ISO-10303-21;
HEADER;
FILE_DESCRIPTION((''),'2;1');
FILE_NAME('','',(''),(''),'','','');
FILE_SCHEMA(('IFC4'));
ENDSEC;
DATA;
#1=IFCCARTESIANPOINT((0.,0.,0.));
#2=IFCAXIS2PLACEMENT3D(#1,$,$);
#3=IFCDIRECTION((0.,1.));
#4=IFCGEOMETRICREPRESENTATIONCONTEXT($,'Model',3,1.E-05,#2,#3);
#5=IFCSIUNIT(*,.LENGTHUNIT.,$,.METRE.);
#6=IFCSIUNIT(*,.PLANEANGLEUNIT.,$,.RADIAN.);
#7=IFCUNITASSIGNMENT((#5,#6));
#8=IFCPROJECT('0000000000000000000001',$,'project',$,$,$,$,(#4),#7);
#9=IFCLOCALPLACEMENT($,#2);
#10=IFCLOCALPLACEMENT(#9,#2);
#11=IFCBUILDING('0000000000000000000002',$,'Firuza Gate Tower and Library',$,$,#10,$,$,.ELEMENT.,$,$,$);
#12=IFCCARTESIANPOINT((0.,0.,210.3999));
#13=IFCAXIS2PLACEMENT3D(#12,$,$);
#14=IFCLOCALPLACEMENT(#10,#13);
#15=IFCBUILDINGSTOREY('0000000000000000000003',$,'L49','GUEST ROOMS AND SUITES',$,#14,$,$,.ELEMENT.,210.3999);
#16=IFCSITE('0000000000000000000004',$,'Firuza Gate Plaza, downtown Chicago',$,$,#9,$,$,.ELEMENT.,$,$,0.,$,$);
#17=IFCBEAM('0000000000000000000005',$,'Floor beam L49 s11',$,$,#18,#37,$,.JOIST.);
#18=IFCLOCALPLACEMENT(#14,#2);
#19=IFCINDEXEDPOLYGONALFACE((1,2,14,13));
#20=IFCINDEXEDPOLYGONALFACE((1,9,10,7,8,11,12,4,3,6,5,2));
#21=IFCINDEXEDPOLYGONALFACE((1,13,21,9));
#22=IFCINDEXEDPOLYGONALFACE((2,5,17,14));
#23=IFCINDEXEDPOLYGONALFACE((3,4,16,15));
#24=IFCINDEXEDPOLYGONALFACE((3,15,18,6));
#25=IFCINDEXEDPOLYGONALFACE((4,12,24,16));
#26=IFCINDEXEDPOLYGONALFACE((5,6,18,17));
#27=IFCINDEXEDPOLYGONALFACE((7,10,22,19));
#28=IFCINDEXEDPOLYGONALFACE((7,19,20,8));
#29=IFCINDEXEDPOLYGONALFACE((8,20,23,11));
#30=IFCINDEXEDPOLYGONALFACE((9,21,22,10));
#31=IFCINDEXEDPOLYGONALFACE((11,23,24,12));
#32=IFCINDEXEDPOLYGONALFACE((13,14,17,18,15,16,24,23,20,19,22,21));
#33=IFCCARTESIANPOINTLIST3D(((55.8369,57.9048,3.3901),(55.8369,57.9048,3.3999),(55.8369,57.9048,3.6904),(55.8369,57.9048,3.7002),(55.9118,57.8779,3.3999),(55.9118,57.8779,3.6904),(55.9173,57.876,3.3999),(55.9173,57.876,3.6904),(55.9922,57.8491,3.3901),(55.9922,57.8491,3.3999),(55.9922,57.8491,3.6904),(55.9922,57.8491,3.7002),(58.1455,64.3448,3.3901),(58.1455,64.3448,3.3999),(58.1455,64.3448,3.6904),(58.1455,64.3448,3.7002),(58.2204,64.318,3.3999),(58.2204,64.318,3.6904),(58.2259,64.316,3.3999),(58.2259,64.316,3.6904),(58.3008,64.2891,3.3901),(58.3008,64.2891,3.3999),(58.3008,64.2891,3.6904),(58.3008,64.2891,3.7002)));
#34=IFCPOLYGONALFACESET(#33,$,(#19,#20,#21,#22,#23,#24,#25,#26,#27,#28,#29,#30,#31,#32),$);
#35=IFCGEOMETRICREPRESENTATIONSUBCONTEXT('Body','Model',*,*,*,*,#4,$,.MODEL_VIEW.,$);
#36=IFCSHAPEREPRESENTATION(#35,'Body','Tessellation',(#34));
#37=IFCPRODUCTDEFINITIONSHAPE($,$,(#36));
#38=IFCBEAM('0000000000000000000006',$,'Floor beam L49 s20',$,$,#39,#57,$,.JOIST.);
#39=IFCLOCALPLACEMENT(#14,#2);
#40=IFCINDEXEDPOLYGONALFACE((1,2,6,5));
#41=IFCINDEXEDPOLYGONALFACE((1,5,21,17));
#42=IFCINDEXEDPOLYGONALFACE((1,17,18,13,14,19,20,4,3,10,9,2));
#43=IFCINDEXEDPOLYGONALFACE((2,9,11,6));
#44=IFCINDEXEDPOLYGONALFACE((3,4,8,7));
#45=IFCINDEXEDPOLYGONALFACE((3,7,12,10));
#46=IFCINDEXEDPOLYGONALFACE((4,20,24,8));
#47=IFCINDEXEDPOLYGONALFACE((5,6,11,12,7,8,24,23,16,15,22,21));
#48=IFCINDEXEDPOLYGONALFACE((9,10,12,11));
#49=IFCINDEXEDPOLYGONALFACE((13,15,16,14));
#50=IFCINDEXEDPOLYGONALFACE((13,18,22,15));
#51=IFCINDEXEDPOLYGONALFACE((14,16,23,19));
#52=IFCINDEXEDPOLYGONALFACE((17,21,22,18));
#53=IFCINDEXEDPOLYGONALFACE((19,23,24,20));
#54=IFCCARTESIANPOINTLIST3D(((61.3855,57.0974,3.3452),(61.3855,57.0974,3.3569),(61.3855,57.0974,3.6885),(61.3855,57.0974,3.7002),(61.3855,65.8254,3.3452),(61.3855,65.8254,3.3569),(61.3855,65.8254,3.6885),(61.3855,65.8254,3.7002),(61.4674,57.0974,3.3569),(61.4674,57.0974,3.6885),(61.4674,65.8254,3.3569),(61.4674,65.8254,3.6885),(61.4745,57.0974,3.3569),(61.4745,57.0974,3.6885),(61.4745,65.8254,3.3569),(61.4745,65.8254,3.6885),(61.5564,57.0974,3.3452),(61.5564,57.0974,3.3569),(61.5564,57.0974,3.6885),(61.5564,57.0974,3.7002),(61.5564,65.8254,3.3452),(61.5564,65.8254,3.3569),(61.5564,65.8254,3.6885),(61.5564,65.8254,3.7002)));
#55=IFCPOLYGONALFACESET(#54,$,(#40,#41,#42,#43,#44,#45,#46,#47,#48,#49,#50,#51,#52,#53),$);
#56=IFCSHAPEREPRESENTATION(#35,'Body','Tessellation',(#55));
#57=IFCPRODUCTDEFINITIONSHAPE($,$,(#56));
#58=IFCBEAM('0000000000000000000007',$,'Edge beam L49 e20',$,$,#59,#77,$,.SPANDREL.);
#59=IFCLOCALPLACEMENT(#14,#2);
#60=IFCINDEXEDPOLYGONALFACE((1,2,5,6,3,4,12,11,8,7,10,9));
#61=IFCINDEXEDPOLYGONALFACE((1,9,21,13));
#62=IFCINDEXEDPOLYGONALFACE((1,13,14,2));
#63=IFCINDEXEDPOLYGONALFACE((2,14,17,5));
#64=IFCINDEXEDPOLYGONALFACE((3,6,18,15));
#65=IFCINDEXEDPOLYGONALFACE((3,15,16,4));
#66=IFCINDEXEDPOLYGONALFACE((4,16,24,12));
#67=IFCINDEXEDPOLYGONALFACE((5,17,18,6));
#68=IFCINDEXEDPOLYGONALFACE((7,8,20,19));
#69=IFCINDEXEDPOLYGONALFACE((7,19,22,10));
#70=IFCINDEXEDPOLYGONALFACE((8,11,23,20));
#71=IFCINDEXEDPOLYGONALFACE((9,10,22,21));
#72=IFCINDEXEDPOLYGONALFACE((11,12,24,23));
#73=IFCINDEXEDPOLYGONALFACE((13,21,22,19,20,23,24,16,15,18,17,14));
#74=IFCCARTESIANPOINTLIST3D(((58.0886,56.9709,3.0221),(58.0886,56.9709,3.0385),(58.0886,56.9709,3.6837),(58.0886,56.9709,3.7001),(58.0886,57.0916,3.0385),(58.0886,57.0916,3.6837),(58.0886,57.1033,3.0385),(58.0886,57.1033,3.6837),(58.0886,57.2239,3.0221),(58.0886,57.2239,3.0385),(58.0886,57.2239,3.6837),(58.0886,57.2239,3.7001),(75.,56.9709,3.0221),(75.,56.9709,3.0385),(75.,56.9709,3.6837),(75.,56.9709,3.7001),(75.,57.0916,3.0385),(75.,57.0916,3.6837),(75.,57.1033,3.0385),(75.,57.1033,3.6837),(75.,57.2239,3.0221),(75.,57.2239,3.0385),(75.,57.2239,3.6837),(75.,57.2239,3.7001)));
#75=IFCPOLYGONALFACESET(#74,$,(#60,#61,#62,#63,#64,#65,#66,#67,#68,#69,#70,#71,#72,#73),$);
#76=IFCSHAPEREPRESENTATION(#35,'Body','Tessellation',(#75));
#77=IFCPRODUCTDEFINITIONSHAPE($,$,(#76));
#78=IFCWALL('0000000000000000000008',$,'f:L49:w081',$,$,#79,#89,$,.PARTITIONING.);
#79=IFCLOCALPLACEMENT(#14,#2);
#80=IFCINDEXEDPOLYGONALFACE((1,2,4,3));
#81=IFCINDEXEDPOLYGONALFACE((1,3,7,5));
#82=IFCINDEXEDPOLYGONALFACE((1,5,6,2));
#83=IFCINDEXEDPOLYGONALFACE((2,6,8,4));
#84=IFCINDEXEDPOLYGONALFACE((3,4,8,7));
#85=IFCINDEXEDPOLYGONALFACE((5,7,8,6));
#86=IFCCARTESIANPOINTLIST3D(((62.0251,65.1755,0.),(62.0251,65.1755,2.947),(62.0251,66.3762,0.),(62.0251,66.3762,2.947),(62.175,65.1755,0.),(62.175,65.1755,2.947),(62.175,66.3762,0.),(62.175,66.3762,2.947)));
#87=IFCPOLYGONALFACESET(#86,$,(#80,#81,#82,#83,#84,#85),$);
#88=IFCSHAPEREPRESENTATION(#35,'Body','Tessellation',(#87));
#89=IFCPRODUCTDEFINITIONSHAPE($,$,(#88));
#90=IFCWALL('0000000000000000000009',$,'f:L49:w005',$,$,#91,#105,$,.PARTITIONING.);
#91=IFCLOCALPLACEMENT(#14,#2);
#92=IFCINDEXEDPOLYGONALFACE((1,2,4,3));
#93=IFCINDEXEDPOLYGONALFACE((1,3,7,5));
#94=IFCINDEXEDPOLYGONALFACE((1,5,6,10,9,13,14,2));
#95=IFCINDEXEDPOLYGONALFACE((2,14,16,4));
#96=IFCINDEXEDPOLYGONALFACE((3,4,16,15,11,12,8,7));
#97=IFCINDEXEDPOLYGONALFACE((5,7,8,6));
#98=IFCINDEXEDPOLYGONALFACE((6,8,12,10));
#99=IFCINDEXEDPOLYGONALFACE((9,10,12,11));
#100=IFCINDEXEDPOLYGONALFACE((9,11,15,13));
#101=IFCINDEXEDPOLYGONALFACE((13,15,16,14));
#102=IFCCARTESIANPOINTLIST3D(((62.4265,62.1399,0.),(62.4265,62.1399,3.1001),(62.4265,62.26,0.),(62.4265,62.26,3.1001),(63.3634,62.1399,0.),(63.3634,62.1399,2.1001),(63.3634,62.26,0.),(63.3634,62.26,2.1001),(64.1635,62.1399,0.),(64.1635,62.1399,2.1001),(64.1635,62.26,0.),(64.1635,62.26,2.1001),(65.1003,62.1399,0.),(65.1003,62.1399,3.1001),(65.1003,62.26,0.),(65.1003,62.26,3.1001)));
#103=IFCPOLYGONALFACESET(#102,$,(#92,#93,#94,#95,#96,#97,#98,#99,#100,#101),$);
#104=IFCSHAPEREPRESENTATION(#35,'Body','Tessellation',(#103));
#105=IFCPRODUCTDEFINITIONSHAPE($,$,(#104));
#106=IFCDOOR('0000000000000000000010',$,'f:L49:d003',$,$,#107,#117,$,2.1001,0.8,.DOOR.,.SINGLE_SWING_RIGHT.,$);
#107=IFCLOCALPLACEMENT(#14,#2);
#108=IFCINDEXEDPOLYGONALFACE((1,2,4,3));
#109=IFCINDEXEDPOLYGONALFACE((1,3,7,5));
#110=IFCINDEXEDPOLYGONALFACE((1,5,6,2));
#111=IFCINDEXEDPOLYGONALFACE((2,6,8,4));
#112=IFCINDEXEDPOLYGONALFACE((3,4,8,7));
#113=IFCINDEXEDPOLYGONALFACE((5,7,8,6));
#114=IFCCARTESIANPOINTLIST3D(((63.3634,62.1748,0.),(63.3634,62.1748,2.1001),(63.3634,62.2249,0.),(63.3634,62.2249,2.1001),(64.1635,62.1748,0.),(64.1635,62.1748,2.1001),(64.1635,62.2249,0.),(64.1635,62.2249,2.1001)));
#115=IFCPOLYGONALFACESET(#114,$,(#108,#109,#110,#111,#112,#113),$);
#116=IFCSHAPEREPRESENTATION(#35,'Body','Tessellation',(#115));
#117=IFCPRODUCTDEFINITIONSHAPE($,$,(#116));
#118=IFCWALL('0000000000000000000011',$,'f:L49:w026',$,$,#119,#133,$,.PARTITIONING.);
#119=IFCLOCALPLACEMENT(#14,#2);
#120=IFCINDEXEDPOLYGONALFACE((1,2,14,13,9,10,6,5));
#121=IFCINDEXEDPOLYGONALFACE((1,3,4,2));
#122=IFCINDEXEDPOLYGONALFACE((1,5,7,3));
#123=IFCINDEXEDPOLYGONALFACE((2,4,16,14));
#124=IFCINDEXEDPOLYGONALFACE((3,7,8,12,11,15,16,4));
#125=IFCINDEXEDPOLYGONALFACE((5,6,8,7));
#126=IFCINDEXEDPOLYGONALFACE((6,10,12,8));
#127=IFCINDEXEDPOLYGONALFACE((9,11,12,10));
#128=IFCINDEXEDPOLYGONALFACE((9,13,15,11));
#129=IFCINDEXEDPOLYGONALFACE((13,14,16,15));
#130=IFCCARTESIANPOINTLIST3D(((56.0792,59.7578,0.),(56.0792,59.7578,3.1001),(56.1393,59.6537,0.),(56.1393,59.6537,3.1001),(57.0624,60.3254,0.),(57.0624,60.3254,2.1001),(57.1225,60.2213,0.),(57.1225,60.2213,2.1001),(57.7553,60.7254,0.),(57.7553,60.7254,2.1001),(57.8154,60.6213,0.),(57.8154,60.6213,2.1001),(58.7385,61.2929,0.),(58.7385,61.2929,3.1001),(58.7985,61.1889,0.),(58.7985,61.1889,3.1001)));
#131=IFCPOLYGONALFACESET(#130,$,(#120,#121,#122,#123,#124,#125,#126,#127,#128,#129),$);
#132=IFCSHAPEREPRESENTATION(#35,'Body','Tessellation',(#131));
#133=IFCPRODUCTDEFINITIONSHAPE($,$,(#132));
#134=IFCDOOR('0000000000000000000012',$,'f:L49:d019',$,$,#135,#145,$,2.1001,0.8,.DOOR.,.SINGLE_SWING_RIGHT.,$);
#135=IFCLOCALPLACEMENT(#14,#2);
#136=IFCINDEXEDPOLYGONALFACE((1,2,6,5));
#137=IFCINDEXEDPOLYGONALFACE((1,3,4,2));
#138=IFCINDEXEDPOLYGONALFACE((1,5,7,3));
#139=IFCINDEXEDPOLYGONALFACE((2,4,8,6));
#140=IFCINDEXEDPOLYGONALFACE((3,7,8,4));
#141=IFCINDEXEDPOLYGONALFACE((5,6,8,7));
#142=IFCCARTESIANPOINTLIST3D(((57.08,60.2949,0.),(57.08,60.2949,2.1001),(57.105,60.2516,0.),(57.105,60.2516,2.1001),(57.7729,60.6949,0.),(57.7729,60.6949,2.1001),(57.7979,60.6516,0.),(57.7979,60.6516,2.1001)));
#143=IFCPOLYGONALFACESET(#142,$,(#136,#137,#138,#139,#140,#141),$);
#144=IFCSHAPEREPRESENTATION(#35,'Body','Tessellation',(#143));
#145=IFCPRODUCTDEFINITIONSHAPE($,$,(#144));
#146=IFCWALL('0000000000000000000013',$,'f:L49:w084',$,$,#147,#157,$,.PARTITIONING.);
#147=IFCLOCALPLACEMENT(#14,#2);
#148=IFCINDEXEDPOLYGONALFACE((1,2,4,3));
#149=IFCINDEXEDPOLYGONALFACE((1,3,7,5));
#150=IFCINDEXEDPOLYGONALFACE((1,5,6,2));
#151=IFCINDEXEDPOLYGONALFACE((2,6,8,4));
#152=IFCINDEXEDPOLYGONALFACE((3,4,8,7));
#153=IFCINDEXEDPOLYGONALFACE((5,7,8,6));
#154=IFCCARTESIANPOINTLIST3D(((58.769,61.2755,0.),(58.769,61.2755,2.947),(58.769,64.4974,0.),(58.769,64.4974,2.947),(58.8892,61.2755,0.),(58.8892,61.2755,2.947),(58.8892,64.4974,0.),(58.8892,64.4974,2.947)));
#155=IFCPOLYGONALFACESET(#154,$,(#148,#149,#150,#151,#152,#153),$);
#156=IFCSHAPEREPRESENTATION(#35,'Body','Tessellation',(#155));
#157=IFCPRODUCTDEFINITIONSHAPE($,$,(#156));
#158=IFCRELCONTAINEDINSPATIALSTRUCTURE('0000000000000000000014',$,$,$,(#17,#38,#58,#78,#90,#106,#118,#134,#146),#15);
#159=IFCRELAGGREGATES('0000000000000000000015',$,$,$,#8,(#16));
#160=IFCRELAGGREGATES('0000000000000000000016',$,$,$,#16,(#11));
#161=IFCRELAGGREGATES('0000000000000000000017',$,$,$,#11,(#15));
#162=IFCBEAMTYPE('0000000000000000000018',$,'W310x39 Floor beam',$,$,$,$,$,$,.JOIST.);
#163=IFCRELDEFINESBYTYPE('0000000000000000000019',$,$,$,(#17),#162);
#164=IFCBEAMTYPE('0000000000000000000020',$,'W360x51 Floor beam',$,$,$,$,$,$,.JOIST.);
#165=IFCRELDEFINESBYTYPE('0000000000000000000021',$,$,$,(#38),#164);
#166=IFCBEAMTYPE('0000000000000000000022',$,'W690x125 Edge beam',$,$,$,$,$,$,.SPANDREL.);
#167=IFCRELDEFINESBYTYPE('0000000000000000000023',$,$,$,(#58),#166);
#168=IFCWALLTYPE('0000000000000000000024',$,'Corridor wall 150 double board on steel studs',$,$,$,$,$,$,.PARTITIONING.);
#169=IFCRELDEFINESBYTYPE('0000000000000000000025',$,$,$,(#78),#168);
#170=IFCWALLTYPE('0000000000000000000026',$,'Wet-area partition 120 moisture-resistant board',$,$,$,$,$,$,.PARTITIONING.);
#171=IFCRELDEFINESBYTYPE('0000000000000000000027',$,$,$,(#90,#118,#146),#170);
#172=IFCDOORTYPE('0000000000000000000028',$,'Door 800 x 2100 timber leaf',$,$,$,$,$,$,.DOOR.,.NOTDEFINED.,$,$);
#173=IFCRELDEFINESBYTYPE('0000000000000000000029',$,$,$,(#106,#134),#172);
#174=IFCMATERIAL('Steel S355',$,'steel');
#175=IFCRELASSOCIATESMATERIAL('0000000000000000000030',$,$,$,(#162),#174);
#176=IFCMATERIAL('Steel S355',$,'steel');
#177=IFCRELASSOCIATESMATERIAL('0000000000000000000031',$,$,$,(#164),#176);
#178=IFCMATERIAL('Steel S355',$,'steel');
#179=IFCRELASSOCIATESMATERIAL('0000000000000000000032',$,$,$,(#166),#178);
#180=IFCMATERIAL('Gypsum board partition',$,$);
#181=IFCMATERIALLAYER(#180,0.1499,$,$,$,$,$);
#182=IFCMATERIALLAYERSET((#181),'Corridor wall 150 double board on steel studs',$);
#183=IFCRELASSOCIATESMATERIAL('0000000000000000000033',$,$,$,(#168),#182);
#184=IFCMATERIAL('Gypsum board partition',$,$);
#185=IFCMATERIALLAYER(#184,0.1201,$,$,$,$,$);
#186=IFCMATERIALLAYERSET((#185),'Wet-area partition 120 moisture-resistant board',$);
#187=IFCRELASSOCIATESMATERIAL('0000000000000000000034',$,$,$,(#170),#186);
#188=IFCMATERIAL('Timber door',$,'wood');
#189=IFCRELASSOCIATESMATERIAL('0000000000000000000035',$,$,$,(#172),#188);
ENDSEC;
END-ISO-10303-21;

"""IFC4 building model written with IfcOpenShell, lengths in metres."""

from ifc_helpers import new_model, si_unit, direction, frame, frame_2d, origin, origin_2d, place, context, subcontext, project, spatial, rectangle, i_section, extrude, material, layer, layer_set, material_profile, profile_set, type_object, element, fill, save


model = new_model("IFC4")

# Units and contexts
model_context = context("Model", 3, precision=1e-05, world=origin(), true_north=direction((0.0, 1.0)))
body_context = subcontext(model_context, "Body", "Model", "MODEL_VIEW")
ifc_project = project(units=[si_unit("LENGTHUNIT", "METRE"), si_unit("PLANEANGLEUNIT", "RADIAN")], contexts=[model_context])

# Site, building, storey
site_placement = place(None, origin())
site = spatial("IfcSite", under=ifc_project, at=site_placement, Name="Firuza Gate Plaza, downtown Chicago", CompositionType="ELEMENT", RefElevation=0.0)
building_placement = place(site_placement, origin())
building = spatial("IfcBuilding", under=site, at=building_placement, Name="Firuza Gate Tower and Library", CompositionType="ELEMENT")
storey_placement = place(building_placement, frame((0.0, 0.0, 210.3999)))
storey = spatial("IfcBuildingStorey", under=building, at=storey_placement, Name="L49", Description="GUEST ROOMS AND SUITES", CompositionType="ELEMENT", Elevation=210.3999)

# Beams
ifc_material_1 = material(Name="Steel S355", Category="steel")
ifc_material_profile_1 = material_profile(ifc_material_1, i_section(OverallWidth=0.165, OverallDepth=0.3101, WebThickness=0.0059, FlangeThickness=0.0098, at=origin_2d()))
ifc_profile_set_1 = profile_set([ifc_material_profile_1], Name="Steel S355")
beam_type_1 = type_object("IfcBeamType", Name="W310x39 Floor beam", PredefinedType="JOIST", material=ifc_profile_set_1)
beam_1_placement = place(storey_placement, frame((55.9146, 57.877, 3.5452), z_axis=(0.337453, 0.941342, 0.0), x_axis=(-0.941342, 0.337453, 0.0)))
element("IfcBeam", 1, at=beam_1_placement, inside=storey, type_object=beam_type_1, Name="Floor beam L49 s11", PredefinedType="JOIST", context=body_context, shape_type="SweptSolid", body=[
    extrude(i_section(OverallWidth=0.165, OverallDepth=0.3101, WebThickness=0.0059, FlangeThickness=0.0098, at=origin_2d()), origin(), (0.0, 0.0, 1.0), 6.8413),
])
ifc_material_2 = material(Name="Steel S355", Category="steel")
ifc_material_profile_2 = material_profile(ifc_material_2, i_section(OverallWidth=0.1709, OverallDepth=0.355, WebThickness=0.0071, FlangeThickness=0.0117, at=origin_2d()))
ifc_profile_set_2 = profile_set([ifc_material_profile_2], Name="Steel S355")
beam_type_2 = type_object("IfcBeamType", Name="W360x51 Floor beam", PredefinedType="JOIST", material=ifc_profile_set_2)
beam_2_placement = place(storey_placement, frame((61.4709, 57.0974, 3.5227), z_axis=(0.0, 1.0, 0.0), x_axis=(-1.0, 0.0, 0.0)))
element("IfcBeam", 2, at=beam_2_placement, inside=storey, type_object=beam_type_2, Name="Floor beam L49 s20", PredefinedType="JOIST", context=body_context, shape_type="SweptSolid", body=[
    extrude(i_section(OverallWidth=0.1709, OverallDepth=0.355, WebThickness=0.0071, FlangeThickness=0.0117, at=origin_2d()), origin(), (0.0, 0.0, 1.0), 8.728),
])
ifc_material_3 = material(Name="Steel S355", Category="steel")
ifc_material_profile_3 = material_profile(ifc_material_3, i_section(OverallWidth=0.2529, OverallDepth=0.678, WebThickness=0.0117, FlangeThickness=0.0164, at=origin_2d()))
ifc_profile_set_3 = profile_set([ifc_material_profile_3], Name="Steel S355")
beam_type_3 = type_object("IfcBeamType", Name="W690x125 Edge beam", PredefinedType="SPANDREL", material=ifc_profile_set_3)
beam_3_placement = place(storey_placement, frame((58.0886, 57.0974, 3.3611), z_axis=(1.0, 0.0, 0.0), x_axis=(0.0, 1.0, 0.0)))
element("IfcBeam", 3, at=beam_3_placement, inside=storey, type_object=beam_type_3, Name="Edge beam L49 e20", PredefinedType="SPANDREL", context=body_context, shape_type="SweptSolid", body=[
    extrude(i_section(OverallWidth=0.2529, OverallDepth=0.678, WebThickness=0.0117, FlangeThickness=0.0164, at=origin_2d()), origin(), (0.0, 0.0, 1.0), 16.9114),
])

# Wall
ifc_material_4 = material(Name="Gypsum board partition")
ifc_layer_1 = layer(ifc_material_4, 0.1499)
ifc_layer_set_1 = layer_set([ifc_layer_1], Name="Corridor wall 150 double board on steel studs")
wall_type_1 = type_object("IfcWallType", Name="Corridor wall 150 double board on steel studs", PredefinedType="PARTITIONING", material=ifc_layer_set_1)
wall_1_placement = place(storey_placement, frame((62.1001, 65.1755, 0.0), z_axis=(0.0, 0.0, 1.0), x_axis=(0.0, 1.0, 0.0)))
element("IfcWall", 4, at=wall_1_placement, inside=storey, type_object=wall_type_1, Name="f:L49:w081", PredefinedType="PARTITIONING", context=body_context, shape_type="SweptSolid", body=[
    extrude(rectangle(XDim=1.2007, YDim=0.1499, at=frame_2d((0.6003, 0.0))), origin(), (0.0, 0.0, 1.0), 2.947),
])

# Walls, openings, doors
ifc_material_5 = material(Name="Gypsum board partition")
ifc_layer_2 = layer(ifc_material_5, 0.1201)
ifc_layer_set_2 = layer_set([ifc_layer_2], Name="Wet-area partition 120 moisture-resistant board")
wall_type_2 = type_object("IfcWallType", Name="Wet-area partition 120 moisture-resistant board", PredefinedType="PARTITIONING", material=ifc_layer_set_2)
wall_2_placement = place(storey_placement, frame((62.4265, 62.2, 0.0), z_axis=(0.0, 0.0, 1.0), x_axis=(1.0, 0.0, 0.0)))
wall_2 = element("IfcWall", 5, at=wall_2_placement, inside=storey, type_object=wall_type_2, Name="f:L49:w005", PredefinedType="PARTITIONING", context=body_context, shape_type="SweptSolid", body=[
    extrude(rectangle(XDim=2.6738, YDim=0.1201, at=frame_2d((1.3369, 0.0))), origin(), (0.0, 0.0, 1.0), 3.1001),
])
opening_1_placement = place(wall_2_placement, frame((0.937, 0.0, 0.0)))
opening_1 = element("IfcOpeningElement", 6, at=opening_1_placement, cuts=wall_2, PredefinedType="OPENING", context=body_context, shape_type="SweptSolid", body=[
    extrude(rectangle(XDim=0.8, YDim=2.1001, at=frame_2d((0.3999, 1.05))), frame((0.0, 0.0701, 0.0), z_axis=(0.0, -1.0, 0.0), x_axis=(1.0, 0.0, 0.0)), (0.0, 0.0, 1.0), 0.1401),
])
ifc_material_6 = material(Name="Timber door", Category="wood")
door_type = type_object("IfcDoorType", Name="Door 800 x 2100 timber leaf", OperationType="NOTDEFINED", PredefinedType="DOOR", material=ifc_material_6)
door_1_placement = place(opening_1_placement, origin())
door_1 = element("IfcDoor", 7, at=door_1_placement, inside=storey, type_object=door_type, Name="f:L49:d003", OperationType="SINGLE_SWING_RIGHT", OverallHeight=2.1001, OverallWidth=0.8, PredefinedType="DOOR", context=body_context, shape_type="SweptSolid", body=[
    extrude(rectangle(XDim=0.8, YDim=2.1001, at=frame_2d((0.3999, 1.05))), frame((0.0, 0.0249, 0.0), z_axis=(0.0, -1.0, 0.0), x_axis=(1.0, 0.0, 0.0)), (0.0, 0.0, 1.0), 0.05),
])
fill(opening_1, door_1)
wall_3_placement = place(storey_placement, frame((56.1094, 59.7058, 0.0), z_axis=(0.0, 0.0, 1.0), x_axis=(0.866043, 0.49997, 0.0)))
wall_3 = element("IfcWall", 8, at=wall_3_placement, inside=storey, type_object=wall_type_2, Name="f:L49:w026", PredefinedType="PARTITIONING", context=body_context, shape_type="SweptSolid", body=[
    extrude(rectangle(XDim=3.0706, YDim=0.1201, at=frame_2d((1.5352, 0.0))), origin(), (0.0, 0.0, 1.0), 3.1001),
])
opening_2_placement = place(wall_3_placement, frame((1.1353, 0.0, 0.0)))
opening_2 = element("IfcOpeningElement", 9, at=opening_2_placement, cuts=wall_3, PredefinedType="OPENING", context=body_context, shape_type="SweptSolid", body=[
    extrude(rectangle(XDim=0.8, YDim=2.1001, at=frame_2d((0.3999, 1.05))), frame((0.0, 0.0701, 0.0), z_axis=(0.0, -1.0, 0.0), x_axis=(1.0, 0.0, 0.0)), (0.0, 0.0, 1.0), 0.1401),
])
door_2_placement = place(opening_2_placement, origin())
door_2 = element("IfcDoor", 10, at=door_2_placement, inside=storey, type_object=door_type, Name="f:L49:d019", OperationType="SINGLE_SWING_RIGHT", OverallHeight=2.1001, OverallWidth=0.8, PredefinedType="DOOR", context=body_context, shape_type="SweptSolid", body=[
    extrude(rectangle(XDim=0.8, YDim=2.1001, at=frame_2d((0.3999, 1.05))), frame((0.0, 0.0249, 0.0), z_axis=(0.0, -1.0, 0.0), x_axis=(1.0, 0.0, 0.0)), (0.0, 0.0, 1.0), 0.05),
])
fill(opening_2, door_2)

# Wall
wall_4_placement = place(storey_placement, frame((58.8291, 61.2756, 0.0), z_axis=(0.0, 0.0, 1.0), x_axis=(0.0, 1.0, 0.0)))
element("IfcWall", 11, at=wall_4_placement, inside=storey, type_object=wall_type_2, Name="f:L49:w084", PredefinedType="PARTITIONING", context=body_context, shape_type="SweptSolid", body=[
    extrude(rectangle(XDim=3.2219, YDim=0.1201, at=frame_2d((1.6108, 0.0))), origin(), (0.0, 0.0, 1.0), 2.947),
])

save(model, "model.ifc")
